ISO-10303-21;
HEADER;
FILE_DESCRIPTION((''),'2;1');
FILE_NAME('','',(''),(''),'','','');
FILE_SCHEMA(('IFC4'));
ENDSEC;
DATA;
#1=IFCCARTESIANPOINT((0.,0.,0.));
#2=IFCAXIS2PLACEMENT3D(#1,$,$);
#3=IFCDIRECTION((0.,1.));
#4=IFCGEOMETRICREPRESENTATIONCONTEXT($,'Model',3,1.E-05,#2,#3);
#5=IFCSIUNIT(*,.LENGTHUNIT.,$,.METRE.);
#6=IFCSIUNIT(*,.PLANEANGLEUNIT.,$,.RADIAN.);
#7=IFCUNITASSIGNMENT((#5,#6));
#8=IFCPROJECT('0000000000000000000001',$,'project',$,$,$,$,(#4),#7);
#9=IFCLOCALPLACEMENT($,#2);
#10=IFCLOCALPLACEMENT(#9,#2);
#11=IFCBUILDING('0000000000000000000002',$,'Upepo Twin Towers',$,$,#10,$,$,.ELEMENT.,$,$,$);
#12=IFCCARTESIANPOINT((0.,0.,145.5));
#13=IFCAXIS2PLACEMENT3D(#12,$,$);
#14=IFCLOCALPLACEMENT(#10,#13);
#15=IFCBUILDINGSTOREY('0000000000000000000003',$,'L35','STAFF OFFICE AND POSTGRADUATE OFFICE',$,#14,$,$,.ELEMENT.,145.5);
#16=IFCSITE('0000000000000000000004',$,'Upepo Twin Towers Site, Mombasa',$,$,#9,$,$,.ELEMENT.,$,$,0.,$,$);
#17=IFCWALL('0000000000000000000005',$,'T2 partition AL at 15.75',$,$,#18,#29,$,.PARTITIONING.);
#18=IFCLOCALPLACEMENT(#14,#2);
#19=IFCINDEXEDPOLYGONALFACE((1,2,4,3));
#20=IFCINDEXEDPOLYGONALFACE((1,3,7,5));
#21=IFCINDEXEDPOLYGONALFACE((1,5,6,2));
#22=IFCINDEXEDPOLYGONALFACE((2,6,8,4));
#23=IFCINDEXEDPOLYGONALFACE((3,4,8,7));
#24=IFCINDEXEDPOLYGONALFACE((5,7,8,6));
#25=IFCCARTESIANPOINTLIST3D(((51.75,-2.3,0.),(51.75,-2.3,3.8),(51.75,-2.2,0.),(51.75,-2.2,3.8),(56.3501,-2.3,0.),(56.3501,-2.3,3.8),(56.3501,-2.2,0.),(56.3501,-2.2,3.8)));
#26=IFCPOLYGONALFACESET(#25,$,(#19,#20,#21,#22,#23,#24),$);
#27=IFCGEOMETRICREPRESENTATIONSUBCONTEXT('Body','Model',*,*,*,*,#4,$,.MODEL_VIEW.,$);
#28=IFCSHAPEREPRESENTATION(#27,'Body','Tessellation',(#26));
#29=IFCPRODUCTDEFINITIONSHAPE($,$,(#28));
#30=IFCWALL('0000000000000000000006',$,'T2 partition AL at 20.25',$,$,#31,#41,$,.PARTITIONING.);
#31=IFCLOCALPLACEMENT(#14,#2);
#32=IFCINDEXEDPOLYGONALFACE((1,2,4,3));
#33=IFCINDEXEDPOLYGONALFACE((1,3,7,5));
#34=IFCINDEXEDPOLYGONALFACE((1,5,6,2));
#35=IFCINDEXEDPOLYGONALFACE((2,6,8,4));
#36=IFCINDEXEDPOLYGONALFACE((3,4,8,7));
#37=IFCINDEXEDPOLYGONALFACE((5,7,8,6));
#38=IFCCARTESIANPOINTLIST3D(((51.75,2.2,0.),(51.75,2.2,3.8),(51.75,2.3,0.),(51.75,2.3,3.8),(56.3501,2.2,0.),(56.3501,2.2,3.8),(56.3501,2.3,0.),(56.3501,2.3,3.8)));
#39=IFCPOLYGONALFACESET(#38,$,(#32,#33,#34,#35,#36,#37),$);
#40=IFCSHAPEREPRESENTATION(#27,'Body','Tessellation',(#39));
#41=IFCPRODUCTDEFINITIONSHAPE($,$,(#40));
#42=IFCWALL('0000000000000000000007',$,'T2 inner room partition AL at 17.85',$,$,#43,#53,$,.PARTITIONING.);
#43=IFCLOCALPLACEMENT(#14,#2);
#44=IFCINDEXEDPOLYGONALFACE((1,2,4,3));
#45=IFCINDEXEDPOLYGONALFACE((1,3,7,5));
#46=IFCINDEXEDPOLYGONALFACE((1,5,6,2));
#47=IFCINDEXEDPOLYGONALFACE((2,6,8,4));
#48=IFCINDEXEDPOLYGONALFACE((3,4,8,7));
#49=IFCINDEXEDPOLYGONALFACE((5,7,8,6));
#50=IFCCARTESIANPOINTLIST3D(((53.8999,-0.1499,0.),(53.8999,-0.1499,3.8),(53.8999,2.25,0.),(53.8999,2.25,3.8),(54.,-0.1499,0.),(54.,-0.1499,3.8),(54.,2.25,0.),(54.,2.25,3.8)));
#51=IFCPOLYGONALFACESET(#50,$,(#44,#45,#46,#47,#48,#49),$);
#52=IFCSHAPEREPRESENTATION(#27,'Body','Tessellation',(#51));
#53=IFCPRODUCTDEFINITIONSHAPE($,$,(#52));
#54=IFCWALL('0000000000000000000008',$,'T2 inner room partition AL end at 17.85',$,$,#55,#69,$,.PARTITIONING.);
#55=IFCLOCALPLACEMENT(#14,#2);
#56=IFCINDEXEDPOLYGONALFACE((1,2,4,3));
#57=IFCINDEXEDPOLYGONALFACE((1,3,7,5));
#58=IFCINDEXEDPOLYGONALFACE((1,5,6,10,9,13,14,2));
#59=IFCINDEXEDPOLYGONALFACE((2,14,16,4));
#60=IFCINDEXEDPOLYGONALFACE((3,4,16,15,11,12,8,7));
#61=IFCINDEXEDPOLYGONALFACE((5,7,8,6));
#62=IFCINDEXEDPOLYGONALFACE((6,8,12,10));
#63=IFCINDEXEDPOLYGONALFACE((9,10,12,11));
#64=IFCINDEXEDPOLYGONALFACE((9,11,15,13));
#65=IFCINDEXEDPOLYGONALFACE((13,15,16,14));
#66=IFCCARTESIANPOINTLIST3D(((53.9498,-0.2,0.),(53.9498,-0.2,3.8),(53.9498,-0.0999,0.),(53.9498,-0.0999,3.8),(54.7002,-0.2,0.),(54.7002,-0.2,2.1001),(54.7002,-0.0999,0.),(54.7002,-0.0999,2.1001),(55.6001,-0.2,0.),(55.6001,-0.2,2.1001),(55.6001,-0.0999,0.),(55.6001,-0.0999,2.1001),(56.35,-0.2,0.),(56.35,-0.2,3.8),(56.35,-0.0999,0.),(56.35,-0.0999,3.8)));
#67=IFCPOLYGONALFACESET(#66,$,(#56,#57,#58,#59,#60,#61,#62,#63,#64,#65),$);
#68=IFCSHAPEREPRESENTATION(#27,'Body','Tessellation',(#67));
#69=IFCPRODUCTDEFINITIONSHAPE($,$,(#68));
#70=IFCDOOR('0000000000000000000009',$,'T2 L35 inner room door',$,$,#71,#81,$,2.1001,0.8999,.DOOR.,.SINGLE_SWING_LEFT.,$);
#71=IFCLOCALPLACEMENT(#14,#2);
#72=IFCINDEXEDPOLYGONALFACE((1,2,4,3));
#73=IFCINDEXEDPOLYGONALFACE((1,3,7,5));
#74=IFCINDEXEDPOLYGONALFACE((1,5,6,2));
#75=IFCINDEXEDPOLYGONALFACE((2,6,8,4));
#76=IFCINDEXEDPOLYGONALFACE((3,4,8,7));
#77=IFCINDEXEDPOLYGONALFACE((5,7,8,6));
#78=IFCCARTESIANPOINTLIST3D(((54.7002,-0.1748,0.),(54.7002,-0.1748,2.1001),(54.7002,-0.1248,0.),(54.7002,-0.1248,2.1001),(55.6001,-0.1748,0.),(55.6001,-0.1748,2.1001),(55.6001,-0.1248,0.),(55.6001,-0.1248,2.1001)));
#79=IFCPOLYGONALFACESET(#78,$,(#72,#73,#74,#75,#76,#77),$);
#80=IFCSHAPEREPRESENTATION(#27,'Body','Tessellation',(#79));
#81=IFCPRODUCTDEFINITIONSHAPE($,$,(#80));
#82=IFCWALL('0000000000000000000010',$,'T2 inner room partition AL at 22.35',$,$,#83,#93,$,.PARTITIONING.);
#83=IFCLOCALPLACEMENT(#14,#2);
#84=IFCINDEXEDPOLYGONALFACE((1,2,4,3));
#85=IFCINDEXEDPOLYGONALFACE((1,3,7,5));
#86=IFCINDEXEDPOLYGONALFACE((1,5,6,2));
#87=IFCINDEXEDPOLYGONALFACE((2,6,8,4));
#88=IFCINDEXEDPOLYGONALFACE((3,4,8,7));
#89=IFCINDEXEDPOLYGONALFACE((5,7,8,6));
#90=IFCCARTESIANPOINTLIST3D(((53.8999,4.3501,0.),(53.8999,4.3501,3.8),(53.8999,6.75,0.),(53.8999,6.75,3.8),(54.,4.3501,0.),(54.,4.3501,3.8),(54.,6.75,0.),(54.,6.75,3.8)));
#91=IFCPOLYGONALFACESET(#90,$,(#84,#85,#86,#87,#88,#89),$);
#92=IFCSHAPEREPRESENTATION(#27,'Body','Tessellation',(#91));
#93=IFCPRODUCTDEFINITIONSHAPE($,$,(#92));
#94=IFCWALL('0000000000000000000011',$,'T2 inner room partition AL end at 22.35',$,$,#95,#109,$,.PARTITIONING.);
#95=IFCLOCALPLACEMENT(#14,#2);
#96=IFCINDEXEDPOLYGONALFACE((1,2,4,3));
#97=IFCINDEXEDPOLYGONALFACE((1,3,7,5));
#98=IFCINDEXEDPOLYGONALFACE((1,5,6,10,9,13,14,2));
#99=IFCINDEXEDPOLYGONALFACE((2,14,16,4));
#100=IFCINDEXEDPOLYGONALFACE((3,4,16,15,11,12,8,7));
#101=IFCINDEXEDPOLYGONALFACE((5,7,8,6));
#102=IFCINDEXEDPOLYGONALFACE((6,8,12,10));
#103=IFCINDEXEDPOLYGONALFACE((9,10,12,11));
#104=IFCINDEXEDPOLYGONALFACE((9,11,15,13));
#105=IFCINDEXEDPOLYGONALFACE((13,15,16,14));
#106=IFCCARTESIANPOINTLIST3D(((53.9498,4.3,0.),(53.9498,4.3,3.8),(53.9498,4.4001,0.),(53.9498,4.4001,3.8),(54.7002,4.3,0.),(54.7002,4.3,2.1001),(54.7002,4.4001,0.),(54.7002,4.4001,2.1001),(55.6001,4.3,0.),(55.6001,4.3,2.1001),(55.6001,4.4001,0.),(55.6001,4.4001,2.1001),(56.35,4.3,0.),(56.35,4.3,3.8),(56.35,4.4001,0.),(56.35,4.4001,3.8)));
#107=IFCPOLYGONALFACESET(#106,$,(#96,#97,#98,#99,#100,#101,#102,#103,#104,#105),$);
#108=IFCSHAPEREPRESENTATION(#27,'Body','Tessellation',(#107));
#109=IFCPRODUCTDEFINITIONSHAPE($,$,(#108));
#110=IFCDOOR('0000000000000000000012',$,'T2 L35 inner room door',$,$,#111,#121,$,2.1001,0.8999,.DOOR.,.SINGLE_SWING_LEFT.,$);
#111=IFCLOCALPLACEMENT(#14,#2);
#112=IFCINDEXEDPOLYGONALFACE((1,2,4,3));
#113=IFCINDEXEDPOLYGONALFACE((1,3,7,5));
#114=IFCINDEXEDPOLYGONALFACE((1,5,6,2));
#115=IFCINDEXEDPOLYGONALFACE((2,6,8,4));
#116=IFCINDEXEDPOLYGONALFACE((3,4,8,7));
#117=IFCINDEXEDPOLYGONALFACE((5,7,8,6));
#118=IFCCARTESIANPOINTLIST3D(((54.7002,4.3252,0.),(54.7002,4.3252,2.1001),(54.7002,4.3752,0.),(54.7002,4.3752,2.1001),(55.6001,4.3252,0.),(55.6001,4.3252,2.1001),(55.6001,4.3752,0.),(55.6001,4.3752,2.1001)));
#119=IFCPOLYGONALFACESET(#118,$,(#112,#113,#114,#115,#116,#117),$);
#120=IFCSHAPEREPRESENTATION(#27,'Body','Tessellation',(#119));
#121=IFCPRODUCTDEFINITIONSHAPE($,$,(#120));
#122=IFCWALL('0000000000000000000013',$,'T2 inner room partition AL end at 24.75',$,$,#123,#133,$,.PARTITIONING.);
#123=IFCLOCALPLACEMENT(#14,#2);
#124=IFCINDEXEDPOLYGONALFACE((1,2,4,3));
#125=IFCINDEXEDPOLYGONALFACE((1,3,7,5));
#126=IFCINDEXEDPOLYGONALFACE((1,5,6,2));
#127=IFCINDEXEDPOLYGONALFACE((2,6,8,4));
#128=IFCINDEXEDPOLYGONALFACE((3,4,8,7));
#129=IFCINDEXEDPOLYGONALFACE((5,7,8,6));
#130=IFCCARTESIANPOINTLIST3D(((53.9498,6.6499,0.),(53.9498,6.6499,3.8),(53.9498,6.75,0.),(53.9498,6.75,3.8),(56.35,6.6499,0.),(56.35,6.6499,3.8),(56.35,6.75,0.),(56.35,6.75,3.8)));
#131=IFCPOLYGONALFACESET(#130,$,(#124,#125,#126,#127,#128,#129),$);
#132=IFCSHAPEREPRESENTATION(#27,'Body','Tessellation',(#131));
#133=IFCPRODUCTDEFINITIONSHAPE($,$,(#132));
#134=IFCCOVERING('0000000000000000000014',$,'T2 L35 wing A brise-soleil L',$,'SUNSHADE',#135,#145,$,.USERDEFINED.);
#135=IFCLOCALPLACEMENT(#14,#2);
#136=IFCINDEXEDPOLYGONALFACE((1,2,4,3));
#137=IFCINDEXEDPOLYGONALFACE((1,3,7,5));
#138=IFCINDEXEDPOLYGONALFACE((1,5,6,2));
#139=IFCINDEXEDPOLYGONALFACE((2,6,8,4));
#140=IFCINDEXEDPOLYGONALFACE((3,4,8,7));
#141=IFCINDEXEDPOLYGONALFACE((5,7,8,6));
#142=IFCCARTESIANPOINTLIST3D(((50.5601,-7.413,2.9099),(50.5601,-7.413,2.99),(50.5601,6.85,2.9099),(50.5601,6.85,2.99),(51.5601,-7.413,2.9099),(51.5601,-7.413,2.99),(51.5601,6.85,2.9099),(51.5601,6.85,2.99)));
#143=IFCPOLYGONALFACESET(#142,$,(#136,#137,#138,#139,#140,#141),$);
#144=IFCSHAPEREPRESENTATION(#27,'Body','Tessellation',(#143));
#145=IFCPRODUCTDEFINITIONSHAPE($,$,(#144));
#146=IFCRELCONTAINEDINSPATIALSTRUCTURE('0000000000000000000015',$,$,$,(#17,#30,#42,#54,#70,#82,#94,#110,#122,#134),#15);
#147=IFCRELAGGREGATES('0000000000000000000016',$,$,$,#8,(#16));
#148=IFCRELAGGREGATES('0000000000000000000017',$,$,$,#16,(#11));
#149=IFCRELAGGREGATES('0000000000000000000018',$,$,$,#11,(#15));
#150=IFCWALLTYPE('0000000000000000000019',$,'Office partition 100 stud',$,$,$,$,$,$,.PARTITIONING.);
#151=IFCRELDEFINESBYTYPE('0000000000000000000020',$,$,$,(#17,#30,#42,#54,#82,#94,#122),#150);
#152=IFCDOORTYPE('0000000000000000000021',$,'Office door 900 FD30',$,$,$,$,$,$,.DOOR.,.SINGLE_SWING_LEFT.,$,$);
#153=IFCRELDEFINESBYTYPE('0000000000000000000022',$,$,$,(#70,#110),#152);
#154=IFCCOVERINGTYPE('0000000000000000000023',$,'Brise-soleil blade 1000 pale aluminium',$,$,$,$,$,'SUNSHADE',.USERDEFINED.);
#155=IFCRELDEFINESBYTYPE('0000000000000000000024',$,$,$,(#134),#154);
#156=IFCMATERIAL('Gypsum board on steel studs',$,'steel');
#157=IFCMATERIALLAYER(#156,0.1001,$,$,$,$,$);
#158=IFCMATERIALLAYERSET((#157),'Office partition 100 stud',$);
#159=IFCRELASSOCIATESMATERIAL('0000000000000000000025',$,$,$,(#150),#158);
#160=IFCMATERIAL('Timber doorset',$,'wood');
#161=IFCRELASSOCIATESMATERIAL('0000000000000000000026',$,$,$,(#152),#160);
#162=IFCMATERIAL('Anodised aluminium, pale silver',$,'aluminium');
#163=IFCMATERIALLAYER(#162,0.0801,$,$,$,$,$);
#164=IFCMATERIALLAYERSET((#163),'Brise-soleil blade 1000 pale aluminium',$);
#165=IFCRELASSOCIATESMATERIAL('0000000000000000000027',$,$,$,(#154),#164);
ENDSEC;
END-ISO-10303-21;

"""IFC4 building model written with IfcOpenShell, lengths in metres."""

from ifc_helpers import new_model, si_unit, direction, frame, frame_2d, origin, origin_2d, place, context, subcontext, project, spatial, rectangle, extrude, material, layer, layer_set, type_object, element, fill, save


model = new_model("IFC4")

# Units and contexts
model_context = context("Model", 3, precision=1e-05, world=origin(), true_north=direction((0.0, 1.0)))
body_context = subcontext(model_context, "Body", "Model", "MODEL_VIEW")
ifc_project = project(units=[si_unit("LENGTHUNIT", "METRE"), si_unit("PLANEANGLEUNIT", "RADIAN")], contexts=[model_context])

# Site, building, storey
site_placement = place(None, origin())
site = spatial("IfcSite", under=ifc_project, at=site_placement, Name="Upepo Twin Towers Site, Mombasa", CompositionType="ELEMENT", RefElevation=0.0)
building_placement = place(site_placement, origin())
building = spatial("IfcBuilding", under=site, at=building_placement, Name="Upepo Twin Towers", CompositionType="ELEMENT")
storey_placement = place(building_placement, frame((0.0, 0.0, 145.5)))
storey = spatial("IfcBuildingStorey", under=building, at=storey_placement, Name="L35", Description="STAFF OFFICE AND POSTGRADUATE OFFICE", CompositionType="ELEMENT", Elevation=145.5)

# Walls
ifc_material_1 = material(Name="Gypsum board on steel studs", Category="steel")
ifc_layer_1 = layer(ifc_material_1, 0.1001)
ifc_layer_set_1 = layer_set([ifc_layer_1], Name="Office partition 100 stud")
wall_type_1 = type_object("IfcWallType", Name="Office partition 100 stud", PredefinedType="PARTITIONING", material=ifc_layer_set_1)
for number, where, z_axis, x_axis, name in (
    (1, (56.3501, -2.25, 0.0), (0.0, 0.0, 1.0), (-1.0, 0.0, 0.0), "T2 partition AL at 15.75"),
    (2, (56.3501, 2.25, 0.0), (0.0, 0.0, 1.0), (-1.0, 0.0, 0.0), "T2 partition AL at 20.25"),
):
    element("IfcWall", number, at=place(storey_placement, frame(where, z_axis=z_axis, x_axis=x_axis)), inside=storey, type_object=wall_type_1, Name=name, PredefinedType="PARTITIONING", context=body_context, shape_type="SweptSolid", body=[
        extrude(rectangle(XDim=4.6001, YDim=0.1001, at=frame_2d((2.3, 0.0))), origin(), (0.0, 0.0, 1.0), 3.8),
    ])
wall_1_placement = place(storey_placement, frame((53.95, -0.1499, 0.0), z_axis=(0.0, 0.0, 1.0), x_axis=(0.0, 1.0, 0.0)))
element("IfcWall", 3, at=wall_1_placement, inside=storey, type_object=wall_type_1, Name="T2 inner room partition AL at 17.85", PredefinedType="PARTITIONING", context=body_context, shape_type="SweptSolid", body=[
    extrude(rectangle(XDim=2.3999, YDim=0.1001, at=frame_2d((1.2, 0.0))), origin(), (0.0, 0.0, 1.0), 3.8),
])

# Wall, opening, door
wall_2_placement = place(storey_placement, frame((56.3501, -0.1499, 0.0), z_axis=(0.0, 0.0, 1.0), x_axis=(-1.0, 0.0, 0.0)))
wall_2 = element("IfcWall", 4, at=wall_2_placement, inside=storey, type_object=wall_type_1, Name="T2 inner room partition AL end at 17.85", PredefinedType="PARTITIONING", context=body_context, shape_type="SweptSolid", body=[
    extrude(rectangle(XDim=2.4001, YDim=0.1001, at=frame_2d((1.2002, 0.0))), origin(), (0.0, 0.0, 1.0), 3.8),
])
opening_1_placement = place(wall_2_placement, frame((0.75, 0.0, 0.0)))
opening_1 = element("IfcOpeningElement", 5, at=opening_1_placement, cuts=wall_2, PredefinedType="OPENING", context=body_context, shape_type="SweptSolid", body=[
    extrude(rectangle(XDim=0.8999, YDim=2.1001, at=frame_2d((0.45, 1.05))), frame((0.0, 0.0601, 0.0), z_axis=(0.0, -1.0, 0.0), x_axis=(1.0, 0.0, 0.0)), (0.0, 0.0, 1.0), 0.1201),
])
ifc_material_2 = material(Name="Timber doorset", Category="wood")
door_type = type_object("IfcDoorType", Name="Office door 900 FD30", OperationType="SINGLE_SWING_LEFT", PredefinedType="DOOR", material=ifc_material_2)
door_1_placement = place(opening_1_placement, origin())
door_1 = element("IfcDoor", 6, at=door_1_placement, inside=storey, type_object=door_type, Name="T2 L35 inner room door", OperationType="SINGLE_SWING_LEFT", OverallHeight=2.1001, OverallWidth=0.8999, PredefinedType="DOOR", context=body_context, shape_type="SweptSolid", body=[
    extrude(rectangle(XDim=0.8999, YDim=2.1001, at=frame_2d((0.45, 1.05))), frame((0.0, 0.0249, 0.0), z_axis=(0.0, -1.0, 0.0), x_axis=(1.0, 0.0, 0.0)), (0.0, 0.0, 1.0), 0.05),
])
fill(opening_1, door_1)

# Wall
wall_3_placement = place(storey_placement, frame((53.95, 4.3501, 0.0), z_axis=(0.0, 0.0, 1.0), x_axis=(0.0, 1.0, 0.0)))
element("IfcWall", 7, at=wall_3_placement, inside=storey, type_object=wall_type_1, Name="T2 inner room partition AL at 22.35", PredefinedType="PARTITIONING", context=body_context, shape_type="SweptSolid", body=[
    extrude(rectangle(XDim=2.3999, YDim=0.1001, at=frame_2d((1.2, 0.0))), origin(), (0.0, 0.0, 1.0), 3.8),
])

# Wall, opening, door
wall_4_placement = place(storey_placement, frame((56.3501, 4.3501, 0.0), z_axis=(0.0, 0.0, 1.0), x_axis=(-1.0, 0.0, 0.0)))
wall_4 = element("IfcWall", 8, at=wall_4_placement, inside=storey, type_object=wall_type_1, Name="T2 inner room partition AL end at 22.35", PredefinedType="PARTITIONING", context=body_context, shape_type="SweptSolid", body=[
    extrude(rectangle(XDim=2.4001, YDim=0.1001, at=frame_2d((1.2002, 0.0))), origin(), (0.0, 0.0, 1.0), 3.8),
])
opening_2_placement = place(wall_4_placement, frame((0.75, 0.0, 0.0)))
opening_2 = element("IfcOpeningElement", 9, at=opening_2_placement, cuts=wall_4, PredefinedType="OPENING", context=body_context, shape_type="SweptSolid", body=[
    extrude(rectangle(XDim=0.8999, YDim=2.1001, at=frame_2d((0.45, 1.05))), frame((0.0, 0.0601, 0.0), z_axis=(0.0, -1.0, 0.0), x_axis=(1.0, 0.0, 0.0)), (0.0, 0.0, 1.0), 0.1201),
])
door_2_placement = place(opening_2_placement, origin())
door_2 = element("IfcDoor", 10, at=door_2_placement, inside=storey, type_object=door_type, Name="T2 L35 inner room door", OperationType="SINGLE_SWING_LEFT", OverallHeight=2.1001, OverallWidth=0.8999, PredefinedType="DOOR", context=body_context, shape_type="SweptSolid", body=[
    extrude(rectangle(XDim=0.8999, YDim=2.1001, at=frame_2d((0.45, 1.05))), frame((0.0, 0.0249, 0.0), z_axis=(0.0, -1.0, 0.0), x_axis=(1.0, 0.0, 0.0)), (0.0, 0.0, 1.0), 0.05),
])
fill(opening_2, door_2)

# Wall
wall_5_placement = place(storey_placement, frame((56.3501, 6.7, 0.0), z_axis=(0.0, 0.0, 1.0), x_axis=(-1.0, 0.0, 0.0)))
element("IfcWall", 11, at=wall_5_placement, inside=storey, type_object=wall_type_1, Name="T2 inner room partition AL end at 24.75", PredefinedType="PARTITIONING", context=body_context, shape_type="SweptSolid", body=[
    extrude(rectangle(XDim=2.4001, YDim=0.1001, at=frame_2d((1.2002, 0.0))), origin(), (0.0, 0.0, 1.0), 3.8),
])

# Covering
ifc_material_3 = material(Name="Anodised aluminium, pale silver", Category="aluminium")
ifc_layer_2 = layer(ifc_material_3, 0.0801)
ifc_layer_set_2 = layer_set([ifc_layer_2], Name="Brise-soleil blade 1000 pale aluminium")
covering_type = type_object("IfcCoveringType", Name="Brise-soleil blade 1000 pale aluminium", ElementType="SUNSHADE", PredefinedType="USERDEFINED", material=ifc_layer_set_2)
covering_placement = place(storey_placement, frame((51.0601, -0.2815, 2.9099), z_axis=(0.0, 0.0, 1.0), x_axis=(0.0, 1.0, 0.0)))
element("IfcCovering", 12, at=covering_placement, inside=storey, type_object=covering_type, Name="T2 L35 wing A brise-soleil L", ObjectType="SUNSHADE", PredefinedType="USERDEFINED", context=body_context, shape_type="SweptSolid", body=[
    extrude(rectangle(XDim=14.2629, YDim=1.0, at=origin_2d()), origin(), (0.0, 0.0, 1.0), 0.0801),
])

save(model, "model.ifc")
